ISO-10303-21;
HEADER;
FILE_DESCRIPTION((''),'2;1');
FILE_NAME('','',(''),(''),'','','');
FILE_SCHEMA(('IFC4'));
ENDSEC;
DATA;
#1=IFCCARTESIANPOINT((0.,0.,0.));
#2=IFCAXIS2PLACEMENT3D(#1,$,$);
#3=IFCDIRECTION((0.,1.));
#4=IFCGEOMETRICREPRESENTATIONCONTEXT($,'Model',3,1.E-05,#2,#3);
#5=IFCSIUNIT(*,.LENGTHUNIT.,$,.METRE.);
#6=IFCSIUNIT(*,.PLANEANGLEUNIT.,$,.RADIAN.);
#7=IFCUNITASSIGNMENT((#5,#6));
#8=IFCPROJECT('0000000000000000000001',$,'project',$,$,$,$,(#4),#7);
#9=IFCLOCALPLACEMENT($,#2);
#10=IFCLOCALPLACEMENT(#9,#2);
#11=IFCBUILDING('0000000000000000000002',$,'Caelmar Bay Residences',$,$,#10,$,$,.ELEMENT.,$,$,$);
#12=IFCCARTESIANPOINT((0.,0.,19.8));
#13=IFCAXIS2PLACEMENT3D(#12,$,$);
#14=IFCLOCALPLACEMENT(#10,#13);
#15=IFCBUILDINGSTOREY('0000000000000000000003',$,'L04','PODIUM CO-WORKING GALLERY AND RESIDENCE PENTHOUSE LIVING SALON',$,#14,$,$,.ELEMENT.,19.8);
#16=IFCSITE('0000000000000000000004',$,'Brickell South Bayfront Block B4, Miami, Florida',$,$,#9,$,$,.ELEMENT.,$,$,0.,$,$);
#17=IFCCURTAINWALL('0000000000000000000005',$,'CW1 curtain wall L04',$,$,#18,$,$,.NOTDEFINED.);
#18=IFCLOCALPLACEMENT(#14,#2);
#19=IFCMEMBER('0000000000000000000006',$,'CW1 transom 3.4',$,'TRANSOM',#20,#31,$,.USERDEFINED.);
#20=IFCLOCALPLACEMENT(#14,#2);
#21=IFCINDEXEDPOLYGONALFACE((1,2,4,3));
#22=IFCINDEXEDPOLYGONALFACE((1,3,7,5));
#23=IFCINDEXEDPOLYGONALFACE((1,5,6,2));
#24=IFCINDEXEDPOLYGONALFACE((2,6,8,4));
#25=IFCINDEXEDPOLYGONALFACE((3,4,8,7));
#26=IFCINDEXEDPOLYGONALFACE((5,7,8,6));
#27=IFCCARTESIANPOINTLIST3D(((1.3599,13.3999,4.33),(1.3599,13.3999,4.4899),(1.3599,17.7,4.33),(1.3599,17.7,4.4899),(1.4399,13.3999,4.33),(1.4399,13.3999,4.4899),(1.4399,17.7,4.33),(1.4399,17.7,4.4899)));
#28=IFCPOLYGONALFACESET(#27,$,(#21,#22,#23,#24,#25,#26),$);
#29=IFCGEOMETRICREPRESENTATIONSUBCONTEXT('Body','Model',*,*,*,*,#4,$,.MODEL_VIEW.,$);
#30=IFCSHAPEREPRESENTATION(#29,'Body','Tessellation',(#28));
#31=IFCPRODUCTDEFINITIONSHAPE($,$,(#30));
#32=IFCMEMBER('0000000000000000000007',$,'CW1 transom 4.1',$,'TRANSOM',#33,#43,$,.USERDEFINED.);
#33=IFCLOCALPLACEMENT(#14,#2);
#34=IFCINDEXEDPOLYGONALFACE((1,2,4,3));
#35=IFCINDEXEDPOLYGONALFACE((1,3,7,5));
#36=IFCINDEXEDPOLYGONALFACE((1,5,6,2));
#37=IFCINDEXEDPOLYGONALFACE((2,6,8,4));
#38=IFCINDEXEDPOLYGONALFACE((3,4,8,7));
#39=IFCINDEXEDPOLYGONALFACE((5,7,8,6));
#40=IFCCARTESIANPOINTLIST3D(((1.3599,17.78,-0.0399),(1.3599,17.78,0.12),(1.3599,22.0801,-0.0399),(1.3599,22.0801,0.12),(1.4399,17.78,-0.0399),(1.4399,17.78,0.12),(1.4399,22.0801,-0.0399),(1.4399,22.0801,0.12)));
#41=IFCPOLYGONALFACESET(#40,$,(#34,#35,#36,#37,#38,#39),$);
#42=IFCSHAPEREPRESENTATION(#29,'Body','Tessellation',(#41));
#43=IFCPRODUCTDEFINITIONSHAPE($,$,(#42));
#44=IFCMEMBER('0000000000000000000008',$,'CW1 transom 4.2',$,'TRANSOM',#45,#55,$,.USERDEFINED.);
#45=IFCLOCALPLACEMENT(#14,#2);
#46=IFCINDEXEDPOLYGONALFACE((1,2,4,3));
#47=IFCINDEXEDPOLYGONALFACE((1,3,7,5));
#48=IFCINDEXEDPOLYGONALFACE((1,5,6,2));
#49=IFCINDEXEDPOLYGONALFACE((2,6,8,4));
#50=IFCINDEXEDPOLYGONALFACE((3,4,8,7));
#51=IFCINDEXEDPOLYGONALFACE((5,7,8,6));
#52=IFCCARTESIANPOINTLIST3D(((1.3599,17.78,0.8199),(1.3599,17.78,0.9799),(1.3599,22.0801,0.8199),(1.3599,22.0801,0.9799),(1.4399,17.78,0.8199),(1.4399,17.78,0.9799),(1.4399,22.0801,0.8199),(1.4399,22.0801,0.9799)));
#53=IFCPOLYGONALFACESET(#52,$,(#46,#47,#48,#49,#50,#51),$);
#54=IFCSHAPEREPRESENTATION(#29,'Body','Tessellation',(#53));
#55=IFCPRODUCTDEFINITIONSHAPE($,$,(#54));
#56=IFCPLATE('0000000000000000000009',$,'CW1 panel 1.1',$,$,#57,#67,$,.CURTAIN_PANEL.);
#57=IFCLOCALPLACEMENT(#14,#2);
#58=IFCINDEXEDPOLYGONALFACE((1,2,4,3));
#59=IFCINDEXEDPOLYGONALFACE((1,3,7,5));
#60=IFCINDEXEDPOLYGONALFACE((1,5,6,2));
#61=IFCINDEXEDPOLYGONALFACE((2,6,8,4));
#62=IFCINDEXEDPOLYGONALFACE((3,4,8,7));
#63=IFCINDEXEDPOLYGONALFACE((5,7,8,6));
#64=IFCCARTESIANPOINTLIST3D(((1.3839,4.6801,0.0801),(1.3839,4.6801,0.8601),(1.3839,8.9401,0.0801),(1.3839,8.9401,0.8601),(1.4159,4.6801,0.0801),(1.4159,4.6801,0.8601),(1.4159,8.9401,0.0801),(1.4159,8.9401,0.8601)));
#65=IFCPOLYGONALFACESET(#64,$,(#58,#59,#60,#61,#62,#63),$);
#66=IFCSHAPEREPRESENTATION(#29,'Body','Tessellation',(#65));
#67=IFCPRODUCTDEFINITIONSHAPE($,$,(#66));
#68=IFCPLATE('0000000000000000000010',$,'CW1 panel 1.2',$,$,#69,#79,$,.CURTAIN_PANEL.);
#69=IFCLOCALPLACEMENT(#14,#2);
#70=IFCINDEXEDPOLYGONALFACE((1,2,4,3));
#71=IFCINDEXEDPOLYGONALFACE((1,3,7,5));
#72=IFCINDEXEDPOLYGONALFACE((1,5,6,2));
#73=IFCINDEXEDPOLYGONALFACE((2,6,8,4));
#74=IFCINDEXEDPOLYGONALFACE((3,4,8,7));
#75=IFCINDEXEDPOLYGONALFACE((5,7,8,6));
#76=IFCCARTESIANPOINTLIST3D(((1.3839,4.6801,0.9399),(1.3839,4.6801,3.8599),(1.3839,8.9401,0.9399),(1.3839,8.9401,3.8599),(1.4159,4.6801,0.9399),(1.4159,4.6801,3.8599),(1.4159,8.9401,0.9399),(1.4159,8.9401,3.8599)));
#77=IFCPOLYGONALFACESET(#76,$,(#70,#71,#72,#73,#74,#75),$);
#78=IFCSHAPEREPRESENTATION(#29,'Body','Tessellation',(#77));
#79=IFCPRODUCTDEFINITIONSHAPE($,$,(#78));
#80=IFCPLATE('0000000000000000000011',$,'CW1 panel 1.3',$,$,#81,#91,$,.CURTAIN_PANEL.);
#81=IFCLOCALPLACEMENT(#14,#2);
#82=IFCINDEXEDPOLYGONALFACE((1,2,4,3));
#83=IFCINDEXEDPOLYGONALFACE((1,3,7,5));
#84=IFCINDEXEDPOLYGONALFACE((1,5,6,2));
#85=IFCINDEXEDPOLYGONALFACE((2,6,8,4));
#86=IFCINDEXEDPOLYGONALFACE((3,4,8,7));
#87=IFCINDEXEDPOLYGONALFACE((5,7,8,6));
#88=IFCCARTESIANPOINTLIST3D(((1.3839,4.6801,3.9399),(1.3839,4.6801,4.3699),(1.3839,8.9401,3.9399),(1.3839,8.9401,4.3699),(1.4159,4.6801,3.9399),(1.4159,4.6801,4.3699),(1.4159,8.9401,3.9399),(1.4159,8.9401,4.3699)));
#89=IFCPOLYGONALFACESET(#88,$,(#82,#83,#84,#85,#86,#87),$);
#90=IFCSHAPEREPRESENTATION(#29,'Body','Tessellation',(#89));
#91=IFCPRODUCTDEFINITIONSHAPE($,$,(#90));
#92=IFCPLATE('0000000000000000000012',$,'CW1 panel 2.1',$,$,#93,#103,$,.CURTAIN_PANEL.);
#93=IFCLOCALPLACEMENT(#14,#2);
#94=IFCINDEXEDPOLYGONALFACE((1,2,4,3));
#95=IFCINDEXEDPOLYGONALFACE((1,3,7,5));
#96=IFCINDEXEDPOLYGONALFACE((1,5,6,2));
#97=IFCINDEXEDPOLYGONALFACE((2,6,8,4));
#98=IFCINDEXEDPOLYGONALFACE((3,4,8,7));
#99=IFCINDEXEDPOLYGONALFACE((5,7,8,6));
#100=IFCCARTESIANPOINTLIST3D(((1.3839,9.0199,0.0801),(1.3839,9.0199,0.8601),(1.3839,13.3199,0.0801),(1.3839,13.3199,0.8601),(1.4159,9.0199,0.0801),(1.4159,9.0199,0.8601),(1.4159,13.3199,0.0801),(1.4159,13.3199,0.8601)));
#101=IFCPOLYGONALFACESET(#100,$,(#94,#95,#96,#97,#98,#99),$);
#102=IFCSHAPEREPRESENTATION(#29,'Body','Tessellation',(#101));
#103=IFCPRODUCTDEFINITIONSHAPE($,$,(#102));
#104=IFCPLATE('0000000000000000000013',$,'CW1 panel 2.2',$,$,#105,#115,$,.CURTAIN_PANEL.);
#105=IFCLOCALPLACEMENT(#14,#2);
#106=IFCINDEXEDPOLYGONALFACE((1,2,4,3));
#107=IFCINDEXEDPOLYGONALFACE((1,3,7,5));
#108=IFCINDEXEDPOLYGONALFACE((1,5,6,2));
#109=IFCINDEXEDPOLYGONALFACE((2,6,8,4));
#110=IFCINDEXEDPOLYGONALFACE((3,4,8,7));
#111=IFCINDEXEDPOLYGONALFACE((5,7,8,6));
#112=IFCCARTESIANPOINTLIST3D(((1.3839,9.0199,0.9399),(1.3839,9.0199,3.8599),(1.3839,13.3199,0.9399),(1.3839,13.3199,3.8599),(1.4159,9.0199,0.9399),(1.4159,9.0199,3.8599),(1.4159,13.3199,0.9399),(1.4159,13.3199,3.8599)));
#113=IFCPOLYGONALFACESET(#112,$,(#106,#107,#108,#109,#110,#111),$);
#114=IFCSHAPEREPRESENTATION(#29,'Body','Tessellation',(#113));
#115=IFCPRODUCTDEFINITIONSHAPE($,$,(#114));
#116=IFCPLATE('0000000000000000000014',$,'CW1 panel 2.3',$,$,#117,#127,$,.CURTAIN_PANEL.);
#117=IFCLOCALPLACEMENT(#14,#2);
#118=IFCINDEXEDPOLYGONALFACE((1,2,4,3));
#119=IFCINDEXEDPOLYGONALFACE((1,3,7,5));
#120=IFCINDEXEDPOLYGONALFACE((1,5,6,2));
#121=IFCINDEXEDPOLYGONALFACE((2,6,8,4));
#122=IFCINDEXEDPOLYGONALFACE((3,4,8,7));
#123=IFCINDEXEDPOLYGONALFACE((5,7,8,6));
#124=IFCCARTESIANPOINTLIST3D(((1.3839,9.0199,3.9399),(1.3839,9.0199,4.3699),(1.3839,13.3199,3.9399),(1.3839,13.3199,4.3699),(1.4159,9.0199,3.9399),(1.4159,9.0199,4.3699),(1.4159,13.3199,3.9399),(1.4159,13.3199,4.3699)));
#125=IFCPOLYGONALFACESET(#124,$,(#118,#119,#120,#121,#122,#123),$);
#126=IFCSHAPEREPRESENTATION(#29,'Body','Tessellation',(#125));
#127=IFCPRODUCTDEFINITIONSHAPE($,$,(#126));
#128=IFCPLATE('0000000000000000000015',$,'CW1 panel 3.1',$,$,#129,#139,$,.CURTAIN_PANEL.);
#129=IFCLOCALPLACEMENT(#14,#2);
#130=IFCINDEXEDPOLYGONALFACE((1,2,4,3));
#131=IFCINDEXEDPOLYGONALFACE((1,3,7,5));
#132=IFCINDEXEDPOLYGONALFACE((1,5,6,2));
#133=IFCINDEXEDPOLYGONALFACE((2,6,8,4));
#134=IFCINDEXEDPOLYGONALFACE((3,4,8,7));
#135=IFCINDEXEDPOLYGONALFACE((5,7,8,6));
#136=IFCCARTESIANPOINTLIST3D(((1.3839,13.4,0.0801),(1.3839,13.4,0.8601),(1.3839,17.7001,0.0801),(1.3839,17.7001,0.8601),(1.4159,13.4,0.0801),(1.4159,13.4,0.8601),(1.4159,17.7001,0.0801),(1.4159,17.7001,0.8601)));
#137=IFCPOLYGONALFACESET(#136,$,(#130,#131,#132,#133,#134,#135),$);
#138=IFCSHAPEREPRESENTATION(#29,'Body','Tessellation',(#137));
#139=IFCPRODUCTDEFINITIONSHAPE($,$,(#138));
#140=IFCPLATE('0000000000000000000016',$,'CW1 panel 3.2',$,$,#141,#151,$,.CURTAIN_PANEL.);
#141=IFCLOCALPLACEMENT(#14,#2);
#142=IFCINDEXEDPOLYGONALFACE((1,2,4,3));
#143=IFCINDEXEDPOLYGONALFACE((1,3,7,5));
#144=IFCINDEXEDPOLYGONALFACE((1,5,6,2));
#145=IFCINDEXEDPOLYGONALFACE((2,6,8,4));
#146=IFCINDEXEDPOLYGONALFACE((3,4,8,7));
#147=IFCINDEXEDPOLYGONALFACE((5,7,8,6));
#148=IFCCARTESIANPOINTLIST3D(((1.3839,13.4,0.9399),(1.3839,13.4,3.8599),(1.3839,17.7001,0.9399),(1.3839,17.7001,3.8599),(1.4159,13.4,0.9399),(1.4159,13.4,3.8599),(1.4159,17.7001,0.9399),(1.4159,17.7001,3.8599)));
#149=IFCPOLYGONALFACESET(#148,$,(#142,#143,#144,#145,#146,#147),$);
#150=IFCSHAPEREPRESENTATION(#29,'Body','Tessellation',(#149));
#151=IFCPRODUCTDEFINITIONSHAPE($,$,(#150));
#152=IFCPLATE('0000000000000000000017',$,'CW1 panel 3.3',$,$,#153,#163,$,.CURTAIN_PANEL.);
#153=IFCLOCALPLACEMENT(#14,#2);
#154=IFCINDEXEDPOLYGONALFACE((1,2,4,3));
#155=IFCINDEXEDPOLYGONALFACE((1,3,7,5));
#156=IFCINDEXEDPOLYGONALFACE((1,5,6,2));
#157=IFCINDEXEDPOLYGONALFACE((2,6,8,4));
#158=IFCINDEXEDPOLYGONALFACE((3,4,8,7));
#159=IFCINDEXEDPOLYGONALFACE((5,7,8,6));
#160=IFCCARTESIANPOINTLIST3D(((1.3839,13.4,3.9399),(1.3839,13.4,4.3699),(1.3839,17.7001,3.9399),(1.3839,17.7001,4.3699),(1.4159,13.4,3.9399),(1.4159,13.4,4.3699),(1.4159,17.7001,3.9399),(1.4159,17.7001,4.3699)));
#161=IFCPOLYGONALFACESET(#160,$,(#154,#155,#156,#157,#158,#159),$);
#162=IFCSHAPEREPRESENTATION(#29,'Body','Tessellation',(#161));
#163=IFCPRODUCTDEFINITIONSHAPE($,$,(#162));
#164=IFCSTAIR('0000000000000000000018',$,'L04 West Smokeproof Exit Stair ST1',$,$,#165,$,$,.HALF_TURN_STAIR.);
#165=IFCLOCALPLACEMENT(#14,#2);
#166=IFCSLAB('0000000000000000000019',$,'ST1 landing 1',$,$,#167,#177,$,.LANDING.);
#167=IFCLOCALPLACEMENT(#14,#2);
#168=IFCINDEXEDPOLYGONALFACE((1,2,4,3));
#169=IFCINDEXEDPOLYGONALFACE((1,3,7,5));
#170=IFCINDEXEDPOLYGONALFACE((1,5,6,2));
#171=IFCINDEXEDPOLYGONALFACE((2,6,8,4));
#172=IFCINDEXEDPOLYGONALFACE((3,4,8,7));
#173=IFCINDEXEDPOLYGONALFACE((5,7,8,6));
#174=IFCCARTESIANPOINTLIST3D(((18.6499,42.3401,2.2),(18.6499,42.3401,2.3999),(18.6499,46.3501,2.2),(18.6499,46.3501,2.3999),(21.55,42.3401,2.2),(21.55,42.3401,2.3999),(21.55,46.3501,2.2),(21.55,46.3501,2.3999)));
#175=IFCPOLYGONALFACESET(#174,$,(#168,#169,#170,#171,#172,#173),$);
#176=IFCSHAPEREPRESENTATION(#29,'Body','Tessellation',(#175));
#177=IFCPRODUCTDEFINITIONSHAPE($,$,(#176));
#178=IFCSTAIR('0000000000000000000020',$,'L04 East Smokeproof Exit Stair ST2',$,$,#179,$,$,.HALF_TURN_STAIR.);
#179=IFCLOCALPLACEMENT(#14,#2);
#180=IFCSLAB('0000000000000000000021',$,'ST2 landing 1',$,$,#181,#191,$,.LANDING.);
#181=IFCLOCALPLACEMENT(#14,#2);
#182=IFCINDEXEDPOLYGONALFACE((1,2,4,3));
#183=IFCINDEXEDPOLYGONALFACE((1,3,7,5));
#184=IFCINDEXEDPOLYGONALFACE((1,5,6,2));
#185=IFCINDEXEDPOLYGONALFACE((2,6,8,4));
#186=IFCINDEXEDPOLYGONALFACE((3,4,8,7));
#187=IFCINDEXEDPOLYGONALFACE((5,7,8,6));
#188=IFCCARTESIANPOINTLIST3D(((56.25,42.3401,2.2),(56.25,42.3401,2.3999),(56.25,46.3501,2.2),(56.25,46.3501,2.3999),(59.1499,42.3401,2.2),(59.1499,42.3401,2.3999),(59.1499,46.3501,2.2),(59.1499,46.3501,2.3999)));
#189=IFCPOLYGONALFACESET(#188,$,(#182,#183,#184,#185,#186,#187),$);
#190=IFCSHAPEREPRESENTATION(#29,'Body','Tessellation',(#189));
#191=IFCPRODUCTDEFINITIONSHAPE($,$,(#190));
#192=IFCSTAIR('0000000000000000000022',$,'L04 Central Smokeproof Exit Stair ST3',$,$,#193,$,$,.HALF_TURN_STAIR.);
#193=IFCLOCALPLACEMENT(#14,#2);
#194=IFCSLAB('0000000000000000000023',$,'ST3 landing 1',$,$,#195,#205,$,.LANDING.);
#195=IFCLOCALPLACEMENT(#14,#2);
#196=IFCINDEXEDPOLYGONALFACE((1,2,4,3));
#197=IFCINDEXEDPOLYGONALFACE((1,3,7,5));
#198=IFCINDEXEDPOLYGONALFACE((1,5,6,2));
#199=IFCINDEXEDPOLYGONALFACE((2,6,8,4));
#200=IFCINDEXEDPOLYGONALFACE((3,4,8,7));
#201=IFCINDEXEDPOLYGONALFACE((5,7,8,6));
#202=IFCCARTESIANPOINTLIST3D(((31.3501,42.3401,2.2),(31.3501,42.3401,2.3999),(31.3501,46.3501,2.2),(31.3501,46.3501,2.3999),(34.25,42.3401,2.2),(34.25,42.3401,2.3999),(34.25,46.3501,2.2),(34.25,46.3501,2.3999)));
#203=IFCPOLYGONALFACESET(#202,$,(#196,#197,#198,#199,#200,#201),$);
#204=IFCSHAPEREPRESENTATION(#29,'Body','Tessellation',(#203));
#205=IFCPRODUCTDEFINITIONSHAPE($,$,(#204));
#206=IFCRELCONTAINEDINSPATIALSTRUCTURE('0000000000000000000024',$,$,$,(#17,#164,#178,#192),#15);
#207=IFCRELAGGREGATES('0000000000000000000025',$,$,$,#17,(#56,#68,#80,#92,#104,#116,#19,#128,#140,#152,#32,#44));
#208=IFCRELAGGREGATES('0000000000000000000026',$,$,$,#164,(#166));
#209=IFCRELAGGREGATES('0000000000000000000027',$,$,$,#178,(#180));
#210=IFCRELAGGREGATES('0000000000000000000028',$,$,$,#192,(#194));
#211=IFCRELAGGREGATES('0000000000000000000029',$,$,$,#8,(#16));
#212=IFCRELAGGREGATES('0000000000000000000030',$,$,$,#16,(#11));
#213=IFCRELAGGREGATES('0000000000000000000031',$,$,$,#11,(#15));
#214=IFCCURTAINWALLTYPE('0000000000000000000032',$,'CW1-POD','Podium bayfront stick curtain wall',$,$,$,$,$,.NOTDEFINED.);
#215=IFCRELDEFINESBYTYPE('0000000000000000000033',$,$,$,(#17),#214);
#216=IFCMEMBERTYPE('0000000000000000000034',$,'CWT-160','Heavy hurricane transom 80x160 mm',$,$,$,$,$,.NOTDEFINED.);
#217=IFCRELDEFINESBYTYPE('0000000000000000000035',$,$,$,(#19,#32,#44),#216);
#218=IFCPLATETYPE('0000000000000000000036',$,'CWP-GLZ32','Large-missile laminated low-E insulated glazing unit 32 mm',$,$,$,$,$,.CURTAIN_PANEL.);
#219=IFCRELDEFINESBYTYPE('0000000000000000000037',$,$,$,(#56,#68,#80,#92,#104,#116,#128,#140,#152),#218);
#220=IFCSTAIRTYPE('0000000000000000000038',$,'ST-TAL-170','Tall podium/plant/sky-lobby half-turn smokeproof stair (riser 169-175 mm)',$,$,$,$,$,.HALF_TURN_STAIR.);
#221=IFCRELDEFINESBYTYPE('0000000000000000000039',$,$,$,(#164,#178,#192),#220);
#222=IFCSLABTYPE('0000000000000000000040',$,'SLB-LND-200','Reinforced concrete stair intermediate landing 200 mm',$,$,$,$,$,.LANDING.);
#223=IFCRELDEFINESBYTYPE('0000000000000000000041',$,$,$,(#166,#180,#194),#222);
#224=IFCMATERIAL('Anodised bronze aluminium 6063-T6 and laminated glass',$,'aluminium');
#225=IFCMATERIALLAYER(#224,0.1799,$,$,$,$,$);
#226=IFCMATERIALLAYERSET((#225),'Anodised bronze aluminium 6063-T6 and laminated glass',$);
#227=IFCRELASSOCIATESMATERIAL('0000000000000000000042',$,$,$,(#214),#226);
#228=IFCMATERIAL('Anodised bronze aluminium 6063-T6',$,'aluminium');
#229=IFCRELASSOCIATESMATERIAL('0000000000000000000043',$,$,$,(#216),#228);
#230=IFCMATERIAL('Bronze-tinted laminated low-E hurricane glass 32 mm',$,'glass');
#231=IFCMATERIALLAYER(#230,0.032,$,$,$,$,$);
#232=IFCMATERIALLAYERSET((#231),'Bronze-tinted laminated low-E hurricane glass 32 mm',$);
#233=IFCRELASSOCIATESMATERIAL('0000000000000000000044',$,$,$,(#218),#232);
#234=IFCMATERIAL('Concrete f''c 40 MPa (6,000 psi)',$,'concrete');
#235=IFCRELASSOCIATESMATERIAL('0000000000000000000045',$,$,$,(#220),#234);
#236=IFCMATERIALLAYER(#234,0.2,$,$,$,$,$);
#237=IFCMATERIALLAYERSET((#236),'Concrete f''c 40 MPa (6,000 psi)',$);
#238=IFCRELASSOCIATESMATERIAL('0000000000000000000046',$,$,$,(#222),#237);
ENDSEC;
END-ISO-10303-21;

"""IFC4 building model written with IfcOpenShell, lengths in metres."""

from ifc_helpers import new_model, si_unit, direction, frame, origin, origin_2d, place, context, subcontext, project, spatial, polyline, rectangle, outline, extrude, material, layer, layer_set, material_profile, profile_set, type_object, element, aggregate, save


model = new_model("IFC4")

# Units and contexts
model_context = context("Model", 3, precision=1e-05, world=origin(), true_north=direction((0.0, 1.0)))
body_context = subcontext(model_context, "Body", "Model", "MODEL_VIEW")
ifc_project = project(units=[si_unit("LENGTHUNIT", "METRE"), si_unit("PLANEANGLEUNIT", "RADIAN")], contexts=[model_context])

# Site, building, storey
site_placement = place(None, origin())
site = spatial("IfcSite", under=ifc_project, at=site_placement, Name="Brickell South Bayfront Block B4, Miami, Florida", CompositionType="ELEMENT", RefElevation=0.0)
building_placement = place(site_placement, origin())
building = spatial("IfcBuilding", under=site, at=building_placement, Name="Caelmar Bay Residences", CompositionType="ELEMENT")
storey_placement = place(building_placement, frame((0.0, 0.0, 19.8)))
storey = spatial("IfcBuildingStorey", under=building, at=storey_placement, Name="L04", Description="PODIUM CO-WORKING GALLERY AND RESIDENCE PENTHOUSE LIVING SALON", CompositionType="ELEMENT", Elevation=19.8)

# Curtain wall, members, plates
ifc_material_1 = material(Name="Anodised bronze aluminium 6063-T6 and laminated glass", Category="aluminium")
ifc_layer_1 = layer(ifc_material_1, 0.1799)
ifc_layer_set_1 = layer_set([ifc_layer_1], Name="Anodised bronze aluminium 6063-T6 and laminated glass")
curtain_wall_type = type_object("IfcCurtainWallType", Name="CW1-POD", Description="Podium bayfront stick curtain wall", PredefinedType="NOTDEFINED", material=ifc_layer_set_1)
curtain_wall_placement = place(storey_placement, origin())
curtain_wall = element("IfcCurtainWall", 1, at=curtain_wall_placement, inside=storey, type_object=curtain_wall_type, Name="CW1 curtain wall L04", PredefinedType="NOTDEFINED")
ifc_material_2 = material(Name="Anodised bronze aluminium 6063-T6", Category="aluminium")
ifc_material_profile_1 = material_profile(ifc_material_2, rectangle(XDim=0.0801, YDim=0.1599, at=origin_2d()), Name="CWT-80X160")
ifc_profile_set_1 = profile_set([ifc_material_profile_1], Name="Anodised bronze aluminium 6063-T6")
member_type_1 = type_object("IfcMemberType", Name="CWT-160", Description="Heavy hurricane transom 80x160 mm", PredefinedType="NOTDEFINED", material=ifc_profile_set_1)
member_1_placement = place(storey_placement, frame((1.3999, 13.3999, 4.4099), z_axis=(0.0, 1.0, 0.0), x_axis=(-1.0, 0.0, 0.0)))
member_1 = element("IfcMember", 2, at=member_1_placement, type_object=member_type_1, Name="CW1 transom 3.4", ObjectType="TRANSOM", PredefinedType="USERDEFINED", context=body_context, shape_type="SweptSolid", body=[
    extrude(rectangle(XDim=0.0801, YDim=0.1599, at=origin_2d()), origin(), (0.0, 0.0, 1.0), 4.3),
])
member_2_placement = place(storey_placement, frame((1.3999, 17.78, 0.04), z_axis=(0.0, 1.0, 0.0), x_axis=(-1.0, 0.0, 0.0)))
member_2 = element("IfcMember", 3, at=member_2_placement, type_object=member_type_1, Name="CW1 transom 4.1", ObjectType="TRANSOM", PredefinedType="USERDEFINED", context=body_context, shape_type="SweptSolid", body=[
    extrude(rectangle(XDim=0.0801, YDim=0.1599, at=origin_2d()), origin(), (0.0, 0.0, 1.0), 4.3),
])
member_3_placement = place(storey_placement, frame((1.3999, 17.78, 0.8999), z_axis=(0.0, 1.0, 0.0), x_axis=(-1.0, 0.0, 0.0)))
member_3 = element("IfcMember", 4, at=member_3_placement, type_object=member_type_1, Name="CW1 transom 4.2", ObjectType="TRANSOM", PredefinedType="USERDEFINED", context=body_context, shape_type="SweptSolid", body=[
    extrude(rectangle(XDim=0.0801, YDim=0.1599, at=origin_2d()), origin(), (0.0, 0.0, 1.0), 4.3),
])
ifc_material_3 = material(Name="Bronze-tinted laminated low-E hurricane glass 32 mm", Category="glass")
ifc_layer_2 = layer(ifc_material_3, 0.032)
ifc_layer_set_2 = layer_set([ifc_layer_2], Name="Bronze-tinted laminated low-E hurricane glass 32 mm")
plate_type = type_object("IfcPlateType", Name="CWP-GLZ32", Description="Large-missile laminated low-E insulated glazing unit 32 mm", PredefinedType="CURTAIN_PANEL", material=ifc_layer_set_2)
plate_1_placement = place(storey_placement, frame((1.3999, 6.8101, 0.0801), z_axis=(0.0, 0.0, 1.0), x_axis=(0.0, 1.0, 0.0)))
plate_1 = element("IfcPlate", 5, at=plate_1_placement, type_object=plate_type, Name="CW1 panel 1.1", PredefinedType="CURTAIN_PANEL", context=body_context, shape_type="SweptSolid", body=[
    extrude(rectangle(XDim=4.26, YDim=0.032, at=origin_2d()), origin(), (0.0, 0.0, 1.0), 0.78),
])
plate_2_placement = place(storey_placement, frame((1.3999, 6.8101, 0.9399), z_axis=(0.0, 0.0, 1.0), x_axis=(0.0, 1.0, 0.0)))
plate_2 = element("IfcPlate", 6, at=plate_2_placement, type_object=plate_type, Name="CW1 panel 1.2", PredefinedType="CURTAIN_PANEL", context=body_context, shape_type="SweptSolid", body=[
    extrude(rectangle(XDim=4.26, YDim=0.032, at=origin_2d()), origin(), (0.0, 0.0, 1.0), 2.9199),
])
plate_3_placement = place(storey_placement, frame((1.3999, 6.8101, 3.9399), z_axis=(0.0, 0.0, 1.0), x_axis=(0.0, 1.0, 0.0)))
plate_3 = element("IfcPlate", 7, at=plate_3_placement, type_object=plate_type, Name="CW1 panel 1.3", PredefinedType="CURTAIN_PANEL", context=body_context, shape_type="SweptSolid", body=[
    extrude(rectangle(XDim=4.26, YDim=0.032, at=origin_2d()), origin(), (0.0, 0.0, 1.0), 0.4299),
])
plate_4_placement = place(storey_placement, frame((1.3999, 11.1699, 0.0801), z_axis=(0.0, 0.0, 1.0), x_axis=(0.0, 1.0, 0.0)))
plate_4 = element("IfcPlate", 8, at=plate_4_placement, type_object=plate_type, Name="CW1 panel 2.1", PredefinedType="CURTAIN_PANEL", context=body_context, shape_type="SweptSolid", body=[
    extrude(rectangle(XDim=4.3, YDim=0.032, at=origin_2d()), origin(), (0.0, 0.0, 1.0), 0.78),
])
plate_5_placement = place(storey_placement, frame((1.3999, 11.1699, 0.9399), z_axis=(0.0, 0.0, 1.0), x_axis=(0.0, 1.0, 0.0)))
plate_5 = element("IfcPlate", 9, at=plate_5_placement, type_object=plate_type, Name="CW1 panel 2.2", PredefinedType="CURTAIN_PANEL", context=body_context, shape_type="SweptSolid", body=[
    extrude(rectangle(XDim=4.3, YDim=0.032, at=origin_2d()), origin(), (0.0, 0.0, 1.0), 2.9199),
])
plate_6_placement = place(storey_placement, frame((1.3999, 11.1699, 3.9399), z_axis=(0.0, 0.0, 1.0), x_axis=(0.0, 1.0, 0.0)))
plate_6 = element("IfcPlate", 10, at=plate_6_placement, type_object=plate_type, Name="CW1 panel 2.3", PredefinedType="CURTAIN_PANEL", context=body_context, shape_type="SweptSolid", body=[
    extrude(rectangle(XDim=4.3, YDim=0.032, at=origin_2d()), origin(), (0.0, 0.0, 1.0), 0.4299),
])
plate_7_placement = place(storey_placement, frame((1.3999, 15.55, 0.0801), z_axis=(0.0, 0.0, 1.0), x_axis=(0.0, 1.0, 0.0)))
plate_7 = element("IfcPlate", 11, at=plate_7_placement, type_object=plate_type, Name="CW1 panel 3.1", PredefinedType="CURTAIN_PANEL", context=body_context, shape_type="SweptSolid", body=[
    extrude(rectangle(XDim=4.3, YDim=0.032, at=origin_2d()), origin(), (0.0, 0.0, 1.0), 0.78),
])
plate_8_placement = place(storey_placement, frame((1.3999, 15.55, 0.9399), z_axis=(0.0, 0.0, 1.0), x_axis=(0.0, 1.0, 0.0)))
plate_8 = element("IfcPlate", 12, at=plate_8_placement, type_object=plate_type, Name="CW1 panel 3.2", PredefinedType="CURTAIN_PANEL", context=body_context, shape_type="SweptSolid", body=[
    extrude(rectangle(XDim=4.3, YDim=0.032, at=origin_2d()), origin(), (0.0, 0.0, 1.0), 2.9199),
])
plate_9_placement = place(storey_placement, frame((1.3999, 15.55, 3.9399), z_axis=(0.0, 0.0, 1.0), x_axis=(0.0, 1.0, 0.0)))
plate_9 = element("IfcPlate", 13, at=plate_9_placement, type_object=plate_type, Name="CW1 panel 3.3", PredefinedType="CURTAIN_PANEL", context=body_context, shape_type="SweptSolid", body=[
    extrude(rectangle(XDim=4.3, YDim=0.032, at=origin_2d()), origin(), (0.0, 0.0, 1.0), 0.4299),
])
aggregate(curtain_wall, [plate_1, plate_2, plate_3, plate_4, plate_5, plate_6, member_1, plate_7, plate_8, plate_9, member_2, member_3])

# Stairs, slabs
ifc_material_4 = material(Name="Concrete f'c 40 MPa (6,000 psi)", Category="concrete")
stair_type = type_object("IfcStairType", Name="ST-TAL-170", Description="Tall podium/plant/sky-lobby half-turn smokeproof stair (riser 169-175 mm)", PredefinedType="HALF_TURN_STAIR", material=ifc_material_4)
stair_1_placement = place(storey_placement, origin())
stair_1 = element("IfcStair", 14, at=stair_1_placement, inside=storey, type_object=stair_type, Name="L04 West Smokeproof Exit Stair ST1", PredefinedType="HALF_TURN_STAIR")
ifc_layer_3 = layer(ifc_material_4, 0.2)
ifc_layer_set_3 = layer_set([ifc_layer_3], Name="Concrete f'c 40 MPa (6,000 psi)")
slab_type_1 = type_object("IfcSlabType", Name="SLB-LND-200", Description="Reinforced concrete stair intermediate landing 200 mm", PredefinedType="LANDING", material=ifc_layer_set_3)
slab_1_placement = place(storey_placement, frame((0.0, 0.0, 2.2)))
slab_1 = element("IfcSlab", 15, at=slab_1_placement, type_object=slab_type_1, Name="ST1 landing 1", PredefinedType="LANDING", context=body_context, shape_type="SweptSolid", body=[
    extrude(outline(polyline([(21.55, 42.3401), (21.55, 46.3501), (18.6499, 46.3501), (18.6499, 42.3401), (21.55, 42.3401)])), origin(), (0.0, 0.0, 1.0), 0.2),
])
aggregate(stair_1, [slab_1])
stair_2_placement = place(storey_placement, origin())
stair_2 = element("IfcStair", 16, at=stair_2_placement, inside=storey, type_object=stair_type, Name="L04 East Smokeproof Exit Stair ST2", PredefinedType="HALF_TURN_STAIR")
slab_2_placement = place(storey_placement, frame((0.0, 0.0, 2.2)))
slab_2 = element("IfcSlab", 17, at=slab_2_placement, type_object=slab_type_1, Name="ST2 landing 1", PredefinedType="LANDING", context=body_context, shape_type="SweptSolid", body=[
    extrude(outline(polyline([(59.1499, 42.3401), (59.1499, 46.3501), (56.25, 46.3501), (56.25, 42.3401), (59.1499, 42.3401)])), origin(), (0.0, 0.0, 1.0), 0.2),
])
aggregate(stair_2, [slab_2])
stair_3_placement = place(storey_placement, origin())
stair_3 = element("IfcStair", 18, at=stair_3_placement, inside=storey, type_object=stair_type, Name="L04 Central Smokeproof Exit Stair ST3", PredefinedType="HALF_TURN_STAIR")
slab_3_placement = place(storey_placement, frame((0.0, 0.0, 2.2)))
slab_3 = element("IfcSlab", 19, at=slab_3_placement, type_object=slab_type_1, Name="ST3 landing 1", PredefinedType="LANDING", context=body_context, shape_type="SweptSolid", body=[
    extrude(outline(polyline([(34.25, 42.3401), (34.25, 46.3501), (31.3501, 46.3501), (31.3501, 42.3401), (34.25, 42.3401)])), origin(), (0.0, 0.0, 1.0), 0.2),
])
aggregate(stair_3, [slab_3])

save(model, "model.ifc")
